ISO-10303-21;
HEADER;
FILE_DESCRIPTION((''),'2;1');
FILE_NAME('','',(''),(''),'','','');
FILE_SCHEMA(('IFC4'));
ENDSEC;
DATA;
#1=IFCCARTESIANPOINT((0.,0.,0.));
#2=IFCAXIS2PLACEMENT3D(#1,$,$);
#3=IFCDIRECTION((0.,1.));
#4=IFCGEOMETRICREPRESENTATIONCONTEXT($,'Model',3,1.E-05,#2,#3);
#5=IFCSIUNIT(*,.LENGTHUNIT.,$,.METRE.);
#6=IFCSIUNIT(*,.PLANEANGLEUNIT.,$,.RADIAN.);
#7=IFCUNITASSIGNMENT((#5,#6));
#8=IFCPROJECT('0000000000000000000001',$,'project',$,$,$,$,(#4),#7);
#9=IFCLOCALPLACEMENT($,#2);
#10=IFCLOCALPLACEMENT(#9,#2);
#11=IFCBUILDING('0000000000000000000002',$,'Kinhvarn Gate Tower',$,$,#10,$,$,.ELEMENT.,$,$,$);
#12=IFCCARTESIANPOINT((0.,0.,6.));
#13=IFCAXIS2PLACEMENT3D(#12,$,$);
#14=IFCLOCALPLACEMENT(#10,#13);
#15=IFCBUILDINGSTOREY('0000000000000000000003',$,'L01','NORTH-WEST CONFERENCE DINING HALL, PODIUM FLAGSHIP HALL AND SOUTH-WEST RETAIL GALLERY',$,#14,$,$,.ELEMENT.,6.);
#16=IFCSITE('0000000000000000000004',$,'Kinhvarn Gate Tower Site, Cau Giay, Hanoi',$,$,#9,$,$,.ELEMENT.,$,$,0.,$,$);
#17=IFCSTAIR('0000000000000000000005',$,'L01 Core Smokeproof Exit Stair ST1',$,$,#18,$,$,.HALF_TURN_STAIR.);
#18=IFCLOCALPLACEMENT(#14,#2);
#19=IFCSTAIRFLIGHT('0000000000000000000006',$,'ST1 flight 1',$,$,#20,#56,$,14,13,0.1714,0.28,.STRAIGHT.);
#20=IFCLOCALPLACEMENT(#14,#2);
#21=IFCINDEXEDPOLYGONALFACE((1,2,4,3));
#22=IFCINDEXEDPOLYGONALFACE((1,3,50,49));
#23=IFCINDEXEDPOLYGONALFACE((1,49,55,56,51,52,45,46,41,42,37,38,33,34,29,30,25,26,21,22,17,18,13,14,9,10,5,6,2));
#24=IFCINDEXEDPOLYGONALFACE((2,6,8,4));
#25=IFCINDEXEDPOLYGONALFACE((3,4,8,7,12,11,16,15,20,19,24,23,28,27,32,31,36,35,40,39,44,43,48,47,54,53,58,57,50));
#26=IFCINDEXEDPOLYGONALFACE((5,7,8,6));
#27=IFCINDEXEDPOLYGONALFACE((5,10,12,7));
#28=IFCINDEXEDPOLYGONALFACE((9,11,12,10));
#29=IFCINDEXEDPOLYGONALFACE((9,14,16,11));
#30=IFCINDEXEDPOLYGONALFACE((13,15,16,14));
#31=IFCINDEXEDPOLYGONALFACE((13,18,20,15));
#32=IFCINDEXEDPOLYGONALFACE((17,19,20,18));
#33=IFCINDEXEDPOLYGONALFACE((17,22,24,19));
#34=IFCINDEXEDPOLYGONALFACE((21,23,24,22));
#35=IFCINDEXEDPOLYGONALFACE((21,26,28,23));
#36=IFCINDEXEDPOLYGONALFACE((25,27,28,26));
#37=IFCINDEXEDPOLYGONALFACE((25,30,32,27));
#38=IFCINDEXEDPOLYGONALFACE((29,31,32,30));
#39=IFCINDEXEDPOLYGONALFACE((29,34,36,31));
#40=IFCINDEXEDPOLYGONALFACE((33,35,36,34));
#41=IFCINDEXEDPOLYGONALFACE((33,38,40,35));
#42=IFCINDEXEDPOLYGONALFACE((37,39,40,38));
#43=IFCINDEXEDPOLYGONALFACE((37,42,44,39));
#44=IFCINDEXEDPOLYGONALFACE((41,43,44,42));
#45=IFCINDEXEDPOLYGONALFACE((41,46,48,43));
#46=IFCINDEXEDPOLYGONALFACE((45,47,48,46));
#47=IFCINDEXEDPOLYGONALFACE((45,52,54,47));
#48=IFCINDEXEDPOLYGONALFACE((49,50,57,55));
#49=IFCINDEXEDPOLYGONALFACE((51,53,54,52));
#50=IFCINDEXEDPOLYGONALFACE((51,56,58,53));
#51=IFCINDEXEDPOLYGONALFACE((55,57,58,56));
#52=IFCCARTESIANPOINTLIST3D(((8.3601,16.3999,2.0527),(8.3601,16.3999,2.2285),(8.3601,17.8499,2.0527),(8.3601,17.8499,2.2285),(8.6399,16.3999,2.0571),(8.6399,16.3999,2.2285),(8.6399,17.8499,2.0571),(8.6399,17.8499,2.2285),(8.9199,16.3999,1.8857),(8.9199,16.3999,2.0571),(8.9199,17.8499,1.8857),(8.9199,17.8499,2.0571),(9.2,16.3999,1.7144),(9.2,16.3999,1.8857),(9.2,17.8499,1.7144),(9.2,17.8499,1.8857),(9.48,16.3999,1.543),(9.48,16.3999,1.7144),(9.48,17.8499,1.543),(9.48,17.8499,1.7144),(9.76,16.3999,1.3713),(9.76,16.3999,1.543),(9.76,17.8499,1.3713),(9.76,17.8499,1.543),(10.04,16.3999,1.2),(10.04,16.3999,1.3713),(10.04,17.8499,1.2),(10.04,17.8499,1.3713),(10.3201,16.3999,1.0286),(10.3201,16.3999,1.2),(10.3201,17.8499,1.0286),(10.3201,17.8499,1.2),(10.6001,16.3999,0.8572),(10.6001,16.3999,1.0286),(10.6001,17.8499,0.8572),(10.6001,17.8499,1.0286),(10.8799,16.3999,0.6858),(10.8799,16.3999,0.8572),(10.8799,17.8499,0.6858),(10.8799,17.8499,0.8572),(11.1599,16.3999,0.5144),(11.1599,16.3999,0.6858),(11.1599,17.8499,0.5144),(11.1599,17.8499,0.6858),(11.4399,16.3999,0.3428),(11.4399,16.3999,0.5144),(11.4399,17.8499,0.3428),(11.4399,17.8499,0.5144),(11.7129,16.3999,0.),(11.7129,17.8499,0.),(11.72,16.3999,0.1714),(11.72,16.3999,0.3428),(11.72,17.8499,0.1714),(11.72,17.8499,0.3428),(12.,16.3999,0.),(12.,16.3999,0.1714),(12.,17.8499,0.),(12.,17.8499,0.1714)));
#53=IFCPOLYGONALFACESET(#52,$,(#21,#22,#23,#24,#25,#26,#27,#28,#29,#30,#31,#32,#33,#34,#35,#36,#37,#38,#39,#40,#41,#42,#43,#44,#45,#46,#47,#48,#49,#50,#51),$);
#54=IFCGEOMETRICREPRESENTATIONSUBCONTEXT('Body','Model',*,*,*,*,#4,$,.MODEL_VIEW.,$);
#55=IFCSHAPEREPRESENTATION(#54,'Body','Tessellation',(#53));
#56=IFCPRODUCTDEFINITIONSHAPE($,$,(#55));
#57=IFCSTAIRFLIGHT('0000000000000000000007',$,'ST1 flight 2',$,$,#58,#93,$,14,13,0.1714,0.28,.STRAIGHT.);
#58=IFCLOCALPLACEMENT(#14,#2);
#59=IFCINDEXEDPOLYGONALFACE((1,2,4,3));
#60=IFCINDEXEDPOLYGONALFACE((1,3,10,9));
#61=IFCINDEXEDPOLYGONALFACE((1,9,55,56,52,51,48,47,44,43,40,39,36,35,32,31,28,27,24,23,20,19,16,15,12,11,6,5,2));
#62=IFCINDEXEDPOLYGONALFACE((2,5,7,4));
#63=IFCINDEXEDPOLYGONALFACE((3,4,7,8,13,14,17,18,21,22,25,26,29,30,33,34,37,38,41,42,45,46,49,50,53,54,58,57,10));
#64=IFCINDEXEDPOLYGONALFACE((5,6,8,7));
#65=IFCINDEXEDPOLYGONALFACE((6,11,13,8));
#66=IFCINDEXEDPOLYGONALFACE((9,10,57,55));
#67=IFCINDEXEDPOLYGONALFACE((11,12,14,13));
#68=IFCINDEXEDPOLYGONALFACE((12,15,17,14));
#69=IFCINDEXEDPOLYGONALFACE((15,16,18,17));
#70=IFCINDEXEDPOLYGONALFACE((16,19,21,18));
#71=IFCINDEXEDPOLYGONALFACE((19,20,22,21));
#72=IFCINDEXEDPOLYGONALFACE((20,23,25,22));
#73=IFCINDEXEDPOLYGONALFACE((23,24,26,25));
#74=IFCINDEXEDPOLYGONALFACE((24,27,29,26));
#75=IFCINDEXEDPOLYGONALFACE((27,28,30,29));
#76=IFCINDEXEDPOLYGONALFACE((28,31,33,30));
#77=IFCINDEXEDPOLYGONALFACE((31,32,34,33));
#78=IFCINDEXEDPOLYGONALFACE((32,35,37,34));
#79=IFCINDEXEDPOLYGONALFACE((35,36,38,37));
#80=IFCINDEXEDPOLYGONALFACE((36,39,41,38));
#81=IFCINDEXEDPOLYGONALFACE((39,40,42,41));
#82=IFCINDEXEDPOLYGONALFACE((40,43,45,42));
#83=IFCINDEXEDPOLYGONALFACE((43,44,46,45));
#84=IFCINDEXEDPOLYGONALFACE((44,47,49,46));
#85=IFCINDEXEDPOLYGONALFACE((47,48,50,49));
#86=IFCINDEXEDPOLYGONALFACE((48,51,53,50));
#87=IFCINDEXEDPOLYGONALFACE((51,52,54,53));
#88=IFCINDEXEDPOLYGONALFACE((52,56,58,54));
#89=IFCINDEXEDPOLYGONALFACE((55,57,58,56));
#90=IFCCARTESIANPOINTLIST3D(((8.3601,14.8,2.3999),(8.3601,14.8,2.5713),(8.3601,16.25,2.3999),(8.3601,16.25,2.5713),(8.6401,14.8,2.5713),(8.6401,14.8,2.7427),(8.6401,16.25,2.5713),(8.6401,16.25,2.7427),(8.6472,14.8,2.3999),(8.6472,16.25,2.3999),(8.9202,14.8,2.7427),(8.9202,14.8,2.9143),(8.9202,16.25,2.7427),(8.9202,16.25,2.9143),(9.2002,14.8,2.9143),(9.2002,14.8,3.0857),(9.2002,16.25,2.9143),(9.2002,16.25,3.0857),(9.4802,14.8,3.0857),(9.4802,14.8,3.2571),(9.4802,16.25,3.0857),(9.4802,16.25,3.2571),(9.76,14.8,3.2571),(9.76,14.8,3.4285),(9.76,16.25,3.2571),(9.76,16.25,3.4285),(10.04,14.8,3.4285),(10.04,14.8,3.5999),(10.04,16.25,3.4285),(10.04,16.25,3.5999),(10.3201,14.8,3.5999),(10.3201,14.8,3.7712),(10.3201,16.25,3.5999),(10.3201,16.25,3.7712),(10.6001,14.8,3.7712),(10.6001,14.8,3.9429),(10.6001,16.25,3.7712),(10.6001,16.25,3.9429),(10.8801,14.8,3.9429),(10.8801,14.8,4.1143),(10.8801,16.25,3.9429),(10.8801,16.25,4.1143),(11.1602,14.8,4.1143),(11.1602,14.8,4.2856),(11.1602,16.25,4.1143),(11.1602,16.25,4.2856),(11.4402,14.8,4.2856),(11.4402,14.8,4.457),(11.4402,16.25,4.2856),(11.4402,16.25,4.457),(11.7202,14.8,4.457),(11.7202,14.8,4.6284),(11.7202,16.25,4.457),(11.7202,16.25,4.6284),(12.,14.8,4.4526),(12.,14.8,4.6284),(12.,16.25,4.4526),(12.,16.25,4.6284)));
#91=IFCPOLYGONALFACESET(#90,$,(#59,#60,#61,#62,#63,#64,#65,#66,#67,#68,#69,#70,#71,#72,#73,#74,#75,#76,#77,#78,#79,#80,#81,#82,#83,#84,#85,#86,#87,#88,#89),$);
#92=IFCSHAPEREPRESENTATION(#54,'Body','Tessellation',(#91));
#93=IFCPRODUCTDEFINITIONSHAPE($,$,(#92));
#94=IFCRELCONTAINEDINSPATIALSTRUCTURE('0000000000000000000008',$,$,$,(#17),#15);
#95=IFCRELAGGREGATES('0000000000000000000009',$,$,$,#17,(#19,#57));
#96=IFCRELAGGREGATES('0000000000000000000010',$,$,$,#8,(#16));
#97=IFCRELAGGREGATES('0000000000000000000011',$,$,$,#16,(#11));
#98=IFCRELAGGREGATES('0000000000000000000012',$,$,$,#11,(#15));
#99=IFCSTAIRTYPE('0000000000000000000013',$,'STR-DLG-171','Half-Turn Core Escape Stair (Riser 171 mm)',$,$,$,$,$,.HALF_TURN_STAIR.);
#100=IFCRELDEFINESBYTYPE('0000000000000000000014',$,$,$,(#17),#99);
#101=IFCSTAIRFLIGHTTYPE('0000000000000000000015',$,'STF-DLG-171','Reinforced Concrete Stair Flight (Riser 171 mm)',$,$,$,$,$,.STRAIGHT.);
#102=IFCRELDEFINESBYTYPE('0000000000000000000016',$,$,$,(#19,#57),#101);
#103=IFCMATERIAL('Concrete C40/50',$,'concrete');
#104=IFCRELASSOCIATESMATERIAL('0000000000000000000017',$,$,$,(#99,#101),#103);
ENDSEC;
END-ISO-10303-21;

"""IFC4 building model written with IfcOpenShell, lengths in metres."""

from ifc_helpers import new_model, si_unit, direction, frame, origin, place, context, subcontext, project, spatial, polyline, outline, extrude, material, type_object, element, aggregate, save


model = new_model("IFC4")

# Units and contexts
model_context = context("Model", 3, precision=1e-05, world=origin(), true_north=direction((0.0, 1.0)))
body_context = subcontext(model_context, "Body", "Model", "MODEL_VIEW")
ifc_project = project(units=[si_unit("LENGTHUNIT", "METRE"), si_unit("PLANEANGLEUNIT", "RADIAN")], contexts=[model_context])

# Site, building, storey
site_placement = place(None, origin())
site = spatial("IfcSite", under=ifc_project, at=site_placement, Name="Kinhvarn Gate Tower Site, Cau Giay, Hanoi", CompositionType="ELEMENT", RefElevation=0.0)
building_placement = place(site_placement, origin())
building = spatial("IfcBuilding", under=site, at=building_placement, Name="Kinhvarn Gate Tower", CompositionType="ELEMENT")
storey_placement = place(building_placement, frame((0.0, 0.0, 6.0)))
storey = spatial("IfcBuildingStorey", under=building, at=storey_placement, Name="L01", Description="NORTH-WEST CONFERENCE DINING HALL, PODIUM FLAGSHIP HALL AND SOUTH-WEST RETAIL GALLERY", CompositionType="ELEMENT", Elevation=6.0)

# Shared definitions
ifc_material_1 = material(Name="Concrete C40/50", Category="concrete")

# Stair, stair flights
stair_type = type_object("IfcStairType", Name="STR-DLG-171", Description="Half-Turn Core Escape Stair (Riser 171 mm)", PredefinedType="HALF_TURN_STAIR", material=ifc_material_1)
stair_placement = place(storey_placement, origin())
stair = element("IfcStair", 1, at=stair_placement, inside=storey, type_object=stair_type, Name="L01 Core Smokeproof Exit Stair ST1", PredefinedType="HALF_TURN_STAIR")
stair_flight_type = type_object("IfcStairFlightType", Name="STF-DLG-171", Description="Reinforced Concrete Stair Flight (Riser 171 mm)", PredefinedType="STRAIGHT", material=ifc_material_1)
stair_flight_1_placement = place(storey_placement, frame((12.0, 17.125, 0.0), z_axis=(0.0, 0.0, 1.0), x_axis=(-1.0, 0.0, 0.0)))
stair_flight_1 = element("IfcStairFlight", 2, at=stair_flight_1_placement, type_object=stair_flight_type, Name="ST1 flight 1", NumberOfRisers=14, NumberOfTreads=13, PredefinedType="STRAIGHT", RiserHeight=0.1714, TreadLength=0.28, context=body_context, shape_type="SweptSolid", body=[
    extrude(outline(polyline([(0.0, 0.0), (0.0, 0.1714), (0.28, 0.1714), (0.28, 0.3428), (0.5601, 0.3428), (0.5601, 0.5144), (0.8401, 0.5144), (0.8401, 0.6858), (1.1201, 0.6858), (1.1201, 0.8572), (1.3999, 0.8572), (1.3999, 1.0286), (1.6799, 1.0286), (1.6799, 1.2), (1.96, 1.2), (1.96, 1.3713), (2.24, 1.3713), (2.24, 1.543), (2.52, 1.543), (2.52, 1.7144), (2.8, 1.7144), (2.8, 1.8857), (3.0801, 1.8857), (3.0801, 2.0571), (3.3601, 2.0571), (3.3601, 2.2285), (3.6399, 2.2285), (3.6399, 2.3999), (3.6399, 2.0527), (0.2871, 0.0), (0.0, 0.0)])), frame((0.0, 0.7251, 0.0), z_axis=(0.0, -1.0, 0.0), x_axis=(1.0, 0.0, 0.0)), (0.0, 0.0, 1.0), 1.45),
])
stair_flight_2_placement = place(storey_placement, frame((8.3601, 15.5249, 2.3999), z_axis=(0.0, 0.0, 1.0), x_axis=(1.0, 0.0, 0.0)))
stair_flight_2 = element("IfcStairFlight", 3, at=stair_flight_2_placement, type_object=stair_flight_type, Name="ST1 flight 2", NumberOfRisers=14, NumberOfTreads=13, PredefinedType="STRAIGHT", RiserHeight=0.1714, TreadLength=0.28, context=body_context, shape_type="SweptSolid", body=[
    extrude(outline(polyline([(0.0, 0.0), (0.0, 0.1714), (0.28, 0.1714), (0.28, 0.3428), (0.5601, 0.3428), (0.5601, 0.5144), (0.8401, 0.5144), (0.8401, 0.6858), (1.1201, 0.6858), (1.1201, 0.8572), (1.3999, 0.8572), (1.3999, 1.0286), (1.6799, 1.0286), (1.6799, 1.2), (1.96, 1.2), (1.96, 1.3713), (2.24, 1.3713), (2.24, 1.543), (2.52, 1.543), (2.52, 1.7144), (2.8, 1.7144), (2.8, 1.8857), (3.0801, 1.8857), (3.0801, 2.0571), (3.3601, 2.0571), (3.3601, 2.2285), (3.6399, 2.2285), (3.6399, 2.3999), (3.6399, 2.0527), (0.2871, 0.0), (0.0, 0.0)])), frame((0.0, 0.7251, 0.0), z_axis=(0.0, -1.0, 0.0), x_axis=(1.0, 0.0, 0.0)), (0.0, 0.0, 1.0), 1.45),
])
aggregate(stair, [stair_flight_1, stair_flight_2])

save(model, "model.ifc")
